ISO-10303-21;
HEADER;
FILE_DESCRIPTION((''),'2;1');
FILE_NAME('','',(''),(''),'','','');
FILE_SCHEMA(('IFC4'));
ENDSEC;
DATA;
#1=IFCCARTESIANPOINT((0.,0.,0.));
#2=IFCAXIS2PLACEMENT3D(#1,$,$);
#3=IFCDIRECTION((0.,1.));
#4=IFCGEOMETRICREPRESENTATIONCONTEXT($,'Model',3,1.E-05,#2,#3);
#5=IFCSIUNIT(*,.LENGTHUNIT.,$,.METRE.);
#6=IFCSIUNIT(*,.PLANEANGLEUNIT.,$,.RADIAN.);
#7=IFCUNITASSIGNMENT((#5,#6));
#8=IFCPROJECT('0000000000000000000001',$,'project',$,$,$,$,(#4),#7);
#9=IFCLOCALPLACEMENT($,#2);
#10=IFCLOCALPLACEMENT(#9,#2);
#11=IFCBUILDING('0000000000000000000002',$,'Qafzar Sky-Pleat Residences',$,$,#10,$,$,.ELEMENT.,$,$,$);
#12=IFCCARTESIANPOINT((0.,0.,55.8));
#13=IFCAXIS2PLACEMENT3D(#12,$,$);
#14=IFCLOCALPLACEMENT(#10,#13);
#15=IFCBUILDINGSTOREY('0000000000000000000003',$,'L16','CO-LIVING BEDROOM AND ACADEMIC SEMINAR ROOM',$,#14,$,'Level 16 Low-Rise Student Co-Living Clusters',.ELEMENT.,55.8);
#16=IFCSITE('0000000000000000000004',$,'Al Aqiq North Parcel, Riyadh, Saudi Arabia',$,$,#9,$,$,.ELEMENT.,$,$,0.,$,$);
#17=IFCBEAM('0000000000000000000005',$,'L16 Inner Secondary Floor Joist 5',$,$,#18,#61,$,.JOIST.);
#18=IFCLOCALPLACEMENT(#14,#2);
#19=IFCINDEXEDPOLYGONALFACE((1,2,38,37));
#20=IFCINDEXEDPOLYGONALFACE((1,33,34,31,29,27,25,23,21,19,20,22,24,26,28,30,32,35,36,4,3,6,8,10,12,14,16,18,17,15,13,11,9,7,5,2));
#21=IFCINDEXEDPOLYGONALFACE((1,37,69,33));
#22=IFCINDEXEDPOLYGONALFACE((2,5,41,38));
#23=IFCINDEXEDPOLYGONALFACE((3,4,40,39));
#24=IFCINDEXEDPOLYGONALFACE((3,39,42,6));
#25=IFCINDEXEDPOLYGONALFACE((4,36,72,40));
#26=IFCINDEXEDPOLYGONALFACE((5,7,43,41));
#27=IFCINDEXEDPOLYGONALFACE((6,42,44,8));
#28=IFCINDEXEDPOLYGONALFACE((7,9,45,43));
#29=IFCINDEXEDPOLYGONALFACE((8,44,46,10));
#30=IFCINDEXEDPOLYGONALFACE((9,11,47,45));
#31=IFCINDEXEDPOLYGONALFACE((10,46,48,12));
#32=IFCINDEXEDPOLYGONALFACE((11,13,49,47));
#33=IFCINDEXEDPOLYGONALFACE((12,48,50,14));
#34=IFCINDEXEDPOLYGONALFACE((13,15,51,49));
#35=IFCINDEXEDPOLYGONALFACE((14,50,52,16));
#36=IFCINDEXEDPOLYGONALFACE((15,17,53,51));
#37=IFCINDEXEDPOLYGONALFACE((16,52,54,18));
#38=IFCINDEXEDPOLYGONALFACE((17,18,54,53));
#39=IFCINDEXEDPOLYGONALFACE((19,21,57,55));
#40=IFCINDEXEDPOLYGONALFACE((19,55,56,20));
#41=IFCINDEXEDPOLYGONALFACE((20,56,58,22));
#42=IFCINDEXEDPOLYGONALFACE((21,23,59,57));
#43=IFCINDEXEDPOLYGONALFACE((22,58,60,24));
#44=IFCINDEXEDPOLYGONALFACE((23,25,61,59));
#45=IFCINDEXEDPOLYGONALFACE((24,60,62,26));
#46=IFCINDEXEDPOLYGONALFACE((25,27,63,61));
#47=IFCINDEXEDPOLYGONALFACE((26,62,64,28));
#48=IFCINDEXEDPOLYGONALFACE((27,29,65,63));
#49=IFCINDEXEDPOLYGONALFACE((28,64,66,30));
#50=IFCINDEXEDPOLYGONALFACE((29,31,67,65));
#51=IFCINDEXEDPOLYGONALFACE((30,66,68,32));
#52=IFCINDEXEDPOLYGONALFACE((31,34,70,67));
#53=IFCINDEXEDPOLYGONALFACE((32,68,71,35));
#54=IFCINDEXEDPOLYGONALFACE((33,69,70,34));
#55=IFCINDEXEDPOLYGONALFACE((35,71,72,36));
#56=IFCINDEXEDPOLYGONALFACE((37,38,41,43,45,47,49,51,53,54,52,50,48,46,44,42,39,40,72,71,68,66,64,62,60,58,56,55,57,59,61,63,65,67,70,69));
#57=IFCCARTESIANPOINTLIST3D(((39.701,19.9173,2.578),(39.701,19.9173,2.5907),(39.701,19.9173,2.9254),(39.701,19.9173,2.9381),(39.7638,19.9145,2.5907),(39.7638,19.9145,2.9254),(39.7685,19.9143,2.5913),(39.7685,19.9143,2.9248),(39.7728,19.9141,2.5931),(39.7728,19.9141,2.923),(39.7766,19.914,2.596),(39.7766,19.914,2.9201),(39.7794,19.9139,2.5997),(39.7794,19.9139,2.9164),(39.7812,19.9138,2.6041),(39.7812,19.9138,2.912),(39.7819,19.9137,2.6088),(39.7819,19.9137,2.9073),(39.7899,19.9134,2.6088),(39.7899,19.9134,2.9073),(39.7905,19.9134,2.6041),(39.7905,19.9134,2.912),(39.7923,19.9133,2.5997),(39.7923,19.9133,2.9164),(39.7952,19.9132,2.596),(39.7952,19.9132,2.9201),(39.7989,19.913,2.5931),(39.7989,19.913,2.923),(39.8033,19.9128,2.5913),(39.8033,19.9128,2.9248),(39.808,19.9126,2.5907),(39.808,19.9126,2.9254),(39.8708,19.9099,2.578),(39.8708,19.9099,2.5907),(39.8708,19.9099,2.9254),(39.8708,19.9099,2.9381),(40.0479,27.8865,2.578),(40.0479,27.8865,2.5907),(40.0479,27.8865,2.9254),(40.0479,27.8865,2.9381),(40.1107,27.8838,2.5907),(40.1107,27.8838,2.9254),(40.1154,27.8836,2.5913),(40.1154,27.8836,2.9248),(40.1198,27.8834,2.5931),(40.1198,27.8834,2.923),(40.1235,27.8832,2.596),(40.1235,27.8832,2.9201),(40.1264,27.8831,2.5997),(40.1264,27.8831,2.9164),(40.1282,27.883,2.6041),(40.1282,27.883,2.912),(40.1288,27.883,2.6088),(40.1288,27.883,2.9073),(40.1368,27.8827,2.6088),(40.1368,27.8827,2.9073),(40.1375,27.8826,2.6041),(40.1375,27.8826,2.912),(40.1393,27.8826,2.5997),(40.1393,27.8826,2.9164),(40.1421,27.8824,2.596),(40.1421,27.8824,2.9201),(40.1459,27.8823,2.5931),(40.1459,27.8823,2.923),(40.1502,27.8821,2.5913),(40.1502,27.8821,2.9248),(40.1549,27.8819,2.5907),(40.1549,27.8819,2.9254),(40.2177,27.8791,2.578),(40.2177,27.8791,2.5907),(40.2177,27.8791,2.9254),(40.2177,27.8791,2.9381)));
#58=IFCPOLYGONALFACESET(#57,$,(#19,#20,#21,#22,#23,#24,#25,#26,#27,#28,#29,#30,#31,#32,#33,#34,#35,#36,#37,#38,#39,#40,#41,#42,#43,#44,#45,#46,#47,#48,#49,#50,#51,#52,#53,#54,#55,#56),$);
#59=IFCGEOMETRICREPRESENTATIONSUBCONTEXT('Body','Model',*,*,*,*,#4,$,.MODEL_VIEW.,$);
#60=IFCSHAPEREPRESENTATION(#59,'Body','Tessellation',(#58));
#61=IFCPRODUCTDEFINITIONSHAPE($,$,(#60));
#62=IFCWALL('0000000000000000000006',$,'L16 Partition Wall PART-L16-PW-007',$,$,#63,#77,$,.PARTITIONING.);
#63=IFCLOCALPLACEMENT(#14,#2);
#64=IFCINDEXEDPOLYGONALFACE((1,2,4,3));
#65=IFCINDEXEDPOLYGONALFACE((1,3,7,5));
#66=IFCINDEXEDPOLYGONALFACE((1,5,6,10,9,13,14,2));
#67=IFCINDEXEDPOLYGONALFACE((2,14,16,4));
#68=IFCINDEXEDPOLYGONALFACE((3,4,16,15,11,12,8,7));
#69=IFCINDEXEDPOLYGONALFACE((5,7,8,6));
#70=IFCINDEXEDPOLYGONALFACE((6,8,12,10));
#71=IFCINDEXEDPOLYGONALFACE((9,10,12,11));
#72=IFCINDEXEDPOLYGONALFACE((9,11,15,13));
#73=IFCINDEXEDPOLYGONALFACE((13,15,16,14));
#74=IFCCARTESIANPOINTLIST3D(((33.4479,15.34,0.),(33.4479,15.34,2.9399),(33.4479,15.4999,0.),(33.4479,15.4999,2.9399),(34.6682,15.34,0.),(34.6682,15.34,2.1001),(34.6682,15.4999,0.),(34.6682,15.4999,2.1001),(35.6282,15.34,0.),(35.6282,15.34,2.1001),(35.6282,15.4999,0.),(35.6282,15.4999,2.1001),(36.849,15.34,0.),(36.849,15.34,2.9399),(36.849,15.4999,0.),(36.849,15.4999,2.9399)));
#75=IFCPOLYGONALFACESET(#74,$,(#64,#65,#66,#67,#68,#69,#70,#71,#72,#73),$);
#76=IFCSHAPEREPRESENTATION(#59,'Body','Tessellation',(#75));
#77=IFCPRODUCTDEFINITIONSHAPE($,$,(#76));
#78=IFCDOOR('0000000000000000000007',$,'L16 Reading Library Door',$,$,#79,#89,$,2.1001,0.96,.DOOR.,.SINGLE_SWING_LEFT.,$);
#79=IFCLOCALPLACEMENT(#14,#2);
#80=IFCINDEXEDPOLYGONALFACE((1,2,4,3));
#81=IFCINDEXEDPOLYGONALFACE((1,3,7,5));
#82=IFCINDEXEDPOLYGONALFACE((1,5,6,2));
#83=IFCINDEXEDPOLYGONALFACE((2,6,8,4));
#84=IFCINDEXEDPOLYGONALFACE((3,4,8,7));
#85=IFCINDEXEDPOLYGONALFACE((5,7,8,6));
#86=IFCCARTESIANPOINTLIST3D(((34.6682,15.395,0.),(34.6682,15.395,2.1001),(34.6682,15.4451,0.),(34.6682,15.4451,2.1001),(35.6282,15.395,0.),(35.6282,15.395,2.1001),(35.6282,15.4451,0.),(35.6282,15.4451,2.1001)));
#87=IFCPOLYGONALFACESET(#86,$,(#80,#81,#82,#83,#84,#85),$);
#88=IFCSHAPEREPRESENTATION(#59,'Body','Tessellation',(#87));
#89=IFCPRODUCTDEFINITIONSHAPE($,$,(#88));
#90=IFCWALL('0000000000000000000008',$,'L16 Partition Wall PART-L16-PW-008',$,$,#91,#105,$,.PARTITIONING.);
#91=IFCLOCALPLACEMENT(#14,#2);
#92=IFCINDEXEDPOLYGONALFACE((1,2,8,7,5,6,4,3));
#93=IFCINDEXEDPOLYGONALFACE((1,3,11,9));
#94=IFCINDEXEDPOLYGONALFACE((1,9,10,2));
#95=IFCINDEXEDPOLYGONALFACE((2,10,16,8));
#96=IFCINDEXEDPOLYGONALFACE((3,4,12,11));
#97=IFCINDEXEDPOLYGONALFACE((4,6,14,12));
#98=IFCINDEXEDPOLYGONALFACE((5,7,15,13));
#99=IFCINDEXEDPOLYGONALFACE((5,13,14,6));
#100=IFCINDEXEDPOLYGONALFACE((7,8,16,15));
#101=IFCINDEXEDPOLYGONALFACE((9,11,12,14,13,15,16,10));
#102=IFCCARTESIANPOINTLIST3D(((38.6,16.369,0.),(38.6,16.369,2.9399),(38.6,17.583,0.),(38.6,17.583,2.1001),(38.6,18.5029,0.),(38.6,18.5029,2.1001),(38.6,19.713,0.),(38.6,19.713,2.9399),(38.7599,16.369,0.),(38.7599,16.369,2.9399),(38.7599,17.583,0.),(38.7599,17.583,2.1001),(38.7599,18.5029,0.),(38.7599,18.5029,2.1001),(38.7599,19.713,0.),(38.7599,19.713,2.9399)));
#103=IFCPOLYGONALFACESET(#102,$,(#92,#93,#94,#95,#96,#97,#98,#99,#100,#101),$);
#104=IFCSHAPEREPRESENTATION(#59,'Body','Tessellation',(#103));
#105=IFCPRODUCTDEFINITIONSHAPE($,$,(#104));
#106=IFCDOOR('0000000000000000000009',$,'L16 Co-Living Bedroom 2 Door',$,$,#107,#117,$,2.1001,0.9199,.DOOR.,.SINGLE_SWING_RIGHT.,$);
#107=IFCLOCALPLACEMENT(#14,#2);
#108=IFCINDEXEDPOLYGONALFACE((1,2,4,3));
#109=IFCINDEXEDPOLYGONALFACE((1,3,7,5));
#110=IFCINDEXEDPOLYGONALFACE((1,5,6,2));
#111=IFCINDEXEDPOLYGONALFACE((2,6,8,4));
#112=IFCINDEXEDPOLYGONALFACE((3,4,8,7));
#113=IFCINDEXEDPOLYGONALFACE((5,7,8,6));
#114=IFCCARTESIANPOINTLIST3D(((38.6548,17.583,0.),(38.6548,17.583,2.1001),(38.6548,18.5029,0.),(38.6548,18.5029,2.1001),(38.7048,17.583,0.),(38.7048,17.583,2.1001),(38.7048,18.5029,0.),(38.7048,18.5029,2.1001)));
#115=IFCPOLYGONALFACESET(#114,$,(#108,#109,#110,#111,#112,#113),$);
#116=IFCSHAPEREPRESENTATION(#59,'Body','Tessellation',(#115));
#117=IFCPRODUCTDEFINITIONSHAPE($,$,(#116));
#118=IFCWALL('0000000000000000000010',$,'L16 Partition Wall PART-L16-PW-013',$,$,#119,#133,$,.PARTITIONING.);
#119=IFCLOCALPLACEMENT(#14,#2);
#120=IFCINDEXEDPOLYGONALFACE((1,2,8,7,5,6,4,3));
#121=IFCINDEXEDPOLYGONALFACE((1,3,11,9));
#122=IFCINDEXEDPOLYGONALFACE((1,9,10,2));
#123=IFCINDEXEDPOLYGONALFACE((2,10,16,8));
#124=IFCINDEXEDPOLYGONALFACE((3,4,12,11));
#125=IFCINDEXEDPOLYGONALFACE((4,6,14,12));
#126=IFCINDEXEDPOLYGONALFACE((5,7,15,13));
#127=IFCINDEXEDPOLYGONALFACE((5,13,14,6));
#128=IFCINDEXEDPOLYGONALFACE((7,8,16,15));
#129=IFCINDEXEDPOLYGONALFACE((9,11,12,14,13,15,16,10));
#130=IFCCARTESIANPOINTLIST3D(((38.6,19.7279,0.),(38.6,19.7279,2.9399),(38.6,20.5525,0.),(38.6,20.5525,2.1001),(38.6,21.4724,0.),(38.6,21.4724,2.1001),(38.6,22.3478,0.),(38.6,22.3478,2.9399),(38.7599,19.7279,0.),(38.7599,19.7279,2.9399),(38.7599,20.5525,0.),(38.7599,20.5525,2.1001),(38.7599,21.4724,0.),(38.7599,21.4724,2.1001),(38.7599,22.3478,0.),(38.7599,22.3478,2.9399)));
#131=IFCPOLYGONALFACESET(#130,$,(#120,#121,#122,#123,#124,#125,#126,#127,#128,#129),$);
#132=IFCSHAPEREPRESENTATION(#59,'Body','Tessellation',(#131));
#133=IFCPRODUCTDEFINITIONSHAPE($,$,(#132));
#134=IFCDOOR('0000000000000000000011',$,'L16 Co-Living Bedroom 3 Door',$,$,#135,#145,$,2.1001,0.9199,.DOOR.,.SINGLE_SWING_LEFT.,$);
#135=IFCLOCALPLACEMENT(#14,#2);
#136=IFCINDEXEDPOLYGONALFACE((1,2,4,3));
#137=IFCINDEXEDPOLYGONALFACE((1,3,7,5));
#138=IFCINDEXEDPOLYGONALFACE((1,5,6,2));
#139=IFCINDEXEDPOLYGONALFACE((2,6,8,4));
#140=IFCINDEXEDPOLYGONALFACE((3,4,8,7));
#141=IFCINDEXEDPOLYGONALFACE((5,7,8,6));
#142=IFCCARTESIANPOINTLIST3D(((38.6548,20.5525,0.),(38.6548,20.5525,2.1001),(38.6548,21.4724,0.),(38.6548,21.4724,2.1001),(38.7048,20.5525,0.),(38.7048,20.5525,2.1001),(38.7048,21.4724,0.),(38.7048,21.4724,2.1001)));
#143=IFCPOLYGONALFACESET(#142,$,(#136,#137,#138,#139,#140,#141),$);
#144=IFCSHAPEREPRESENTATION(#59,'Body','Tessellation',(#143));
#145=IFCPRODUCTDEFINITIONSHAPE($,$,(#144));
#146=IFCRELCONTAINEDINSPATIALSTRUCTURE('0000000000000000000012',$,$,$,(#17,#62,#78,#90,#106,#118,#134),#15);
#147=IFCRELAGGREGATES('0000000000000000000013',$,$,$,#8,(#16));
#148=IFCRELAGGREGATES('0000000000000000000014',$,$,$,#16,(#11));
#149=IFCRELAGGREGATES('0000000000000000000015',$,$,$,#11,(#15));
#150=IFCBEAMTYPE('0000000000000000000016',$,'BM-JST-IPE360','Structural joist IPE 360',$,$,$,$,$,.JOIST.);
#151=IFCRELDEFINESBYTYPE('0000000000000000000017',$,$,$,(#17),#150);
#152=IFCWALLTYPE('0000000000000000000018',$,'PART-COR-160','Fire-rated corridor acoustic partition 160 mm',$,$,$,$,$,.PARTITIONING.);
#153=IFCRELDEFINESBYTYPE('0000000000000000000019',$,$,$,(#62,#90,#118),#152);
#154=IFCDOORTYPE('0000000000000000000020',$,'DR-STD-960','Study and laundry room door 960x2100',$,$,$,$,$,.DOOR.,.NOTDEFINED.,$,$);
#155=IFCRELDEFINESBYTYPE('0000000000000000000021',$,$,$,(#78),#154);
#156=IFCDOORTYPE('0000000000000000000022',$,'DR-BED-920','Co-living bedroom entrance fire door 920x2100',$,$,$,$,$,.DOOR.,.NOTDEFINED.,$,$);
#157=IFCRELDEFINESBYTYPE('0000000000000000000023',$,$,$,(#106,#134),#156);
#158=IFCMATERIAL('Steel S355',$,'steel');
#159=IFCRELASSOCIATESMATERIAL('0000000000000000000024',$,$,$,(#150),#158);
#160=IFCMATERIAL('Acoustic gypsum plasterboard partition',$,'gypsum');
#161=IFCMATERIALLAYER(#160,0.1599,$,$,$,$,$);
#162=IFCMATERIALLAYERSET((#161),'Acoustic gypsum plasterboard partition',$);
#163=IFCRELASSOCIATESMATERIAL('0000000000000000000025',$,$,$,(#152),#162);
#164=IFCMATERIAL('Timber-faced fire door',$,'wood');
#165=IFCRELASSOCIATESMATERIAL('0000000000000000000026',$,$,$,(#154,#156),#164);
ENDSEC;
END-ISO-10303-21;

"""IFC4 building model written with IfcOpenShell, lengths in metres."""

from ifc_helpers import new_model, si_unit, direction, frame, frame_2d, origin, origin_2d, place, context, subcontext, project, spatial, rectangle, i_section, extrude, source, transform, mapped, material, layer, layer_set, material_profile, profile_set, type_object, element, fill, save


model = new_model("IFC4")

# Units and contexts
model_context = context("Model", 3, precision=1e-05, world=origin(), true_north=direction((0.0, 1.0)))
body_context = subcontext(model_context, "Body", "Model", "MODEL_VIEW")
ifc_project = project(units=[si_unit("LENGTHUNIT", "METRE"), si_unit("PLANEANGLEUNIT", "RADIAN")], contexts=[model_context])

# Site, building, storey
site_placement = place(None, origin())
site = spatial("IfcSite", under=ifc_project, at=site_placement, Name="Al Aqiq North Parcel, Riyadh, Saudi Arabia", CompositionType="ELEMENT", RefElevation=0.0)
building_placement = place(site_placement, origin())
building = spatial("IfcBuilding", under=site, at=building_placement, Name="Qafzar Sky-Pleat Residences", CompositionType="ELEMENT")
storey_placement = place(building_placement, frame((0.0, 0.0, 55.8)))
storey = spatial("IfcBuildingStorey", under=building, at=storey_placement, Name="L16", Description="CO-LIVING BEDROOM AND ACADEMIC SEMINAR ROOM", LongName="Level 16 Low-Rise Student Co-Living Clusters", CompositionType="ELEMENT", Elevation=55.8)

# Beam
ifc_material_1 = material(Name="Steel S355", Category="steel")
ifc_material_profile = material_profile(ifc_material_1, i_section(OverallWidth=0.1699, OverallDepth=0.3601, WebThickness=0.0081, FlangeThickness=0.0127, FilletRadius=0.0181, at=origin_2d()), Name="IPE 360")
ifc_profile_set = profile_set([ifc_material_profile], Name="Steel S355")
beam_type = type_object("IfcBeamType", Name="BM-JST-IPE360", Description="Structural joist IPE 360", PredefinedType="JOIST", material=ifc_profile_set)
shared_shape_1 = source(origin(), body_context, "Body", "SweptSolid", [
    extrude(i_section(OverallWidth=0.1699, OverallDepth=0.3601, WebThickness=0.0081, FlangeThickness=0.0127, FilletRadius=0.0181, at=origin_2d()), origin(), (0.0, 0.0, 1.0), 7.9768),
])
beam_placement = place(storey_placement, frame((39.7859, 19.9136, 2.7581), z_axis=(0.043492, 0.999054, 0.0), x_axis=(-0.999054, 0.043492, 0.0)))
element("IfcBeam", 1, at=beam_placement, inside=storey, type_object=beam_type, Name="L16 Inner Secondary Floor Joist 5", PredefinedType="JOIST", context=body_context, shape_type="MappedRepresentation", body=[
    mapped(shared_shape_1, transform((0.0, 0.0, 0.0), x_axis=(1.0, 0.0, 0.0), y_axis=(0.0, 1.0, 0.0), z_axis=(0.0, 0.0, 1.0), scale=1.0)),
])

# Walls, openings, doors
ifc_material_2 = material(Name="Acoustic gypsum plasterboard partition", Category="gypsum")
ifc_layer_1 = layer(ifc_material_2, 0.1599)
ifc_layer_set_1 = layer_set([ifc_layer_1], Name="Acoustic gypsum plasterboard partition")
wall_type_1 = type_object("IfcWallType", Name="PART-COR-160", Description="Fire-rated corridor acoustic partition 160 mm", PredefinedType="PARTITIONING", material=ifc_layer_set_1)
wall_1_placement = place(storey_placement, frame((36.8491, 15.4199, 0.0), z_axis=(0.0, 0.0, 1.0), x_axis=(-1.0, 0.0, 0.0)))
wall_1 = element("IfcWall", 2, at=wall_1_placement, inside=storey, type_object=wall_type_1, Name="L16 Partition Wall PART-L16-PW-007", PredefinedType="PARTITIONING", context=body_context, shape_type="SweptSolid", body=[
    extrude(rectangle(XDim=3.4011, YDim=0.1599, at=frame_2d((1.7007, 0.0))), origin(), (0.0, 0.0, 1.0), 2.9399),
])
opening_1_placement = place(wall_1_placement, frame((1.2209, 0.0, 0.0)))
opening_1 = element("IfcOpeningElement", 3, at=opening_1_placement, cuts=wall_1, PredefinedType="OPENING", context=body_context, shape_type="SweptSolid", body=[
    extrude(rectangle(XDim=0.96, YDim=2.1001, at=frame_2d((0.48, 1.05))), frame((0.0, 0.0898, 0.0), z_axis=(0.0, -1.0, 0.0), x_axis=(1.0, 0.0, 0.0)), (0.0, 0.0, 1.0), 0.1799),
])
ifc_material_3 = material(Name="Timber-faced fire door", Category="wood")
door_type_1 = type_object("IfcDoorType", Name="DR-STD-960", Description="Study and laundry room door 960x2100", OperationType="NOTDEFINED", PredefinedType="DOOR", material=ifc_material_3)
shared_shape_2 = source(origin(), body_context, "Body", "SweptSolid", [
    extrude(rectangle(XDim=0.96, YDim=2.1001, at=frame_2d((0.48, 1.05))), frame((0.0, 0.0249, 0.0), z_axis=(0.0, -1.0, 0.0), x_axis=(1.0, 0.0, 0.0)), (0.0, 0.0, 1.0), 0.05),
])
door_1_placement = place(opening_1_placement, origin())
door_1 = element("IfcDoor", 4, at=door_1_placement, inside=storey, type_object=door_type_1, Name="L16 Reading Library Door", OperationType="SINGLE_SWING_LEFT", OverallHeight=2.1001, OverallWidth=0.96, PredefinedType="DOOR", context=body_context, shape_type="MappedRepresentation", body=[
    mapped(shared_shape_2, transform((0.0, 0.0, 0.0), x_axis=(1.0, 0.0, 0.0), y_axis=(0.0, 1.0, 0.0), z_axis=(0.0, 0.0, 1.0), scale=1.0)),
])
fill(opening_1, door_1)
wall_2_placement = place(storey_placement, frame((38.6799, 19.7129, 0.0), z_axis=(0.0, 0.0, 1.0), x_axis=(0.0, -1.0, 0.0)))
wall_2 = element("IfcWall", 5, at=wall_2_placement, inside=storey, type_object=wall_type_1, Name="L16 Partition Wall PART-L16-PW-008", PredefinedType="PARTITIONING", context=body_context, shape_type="SweptSolid", body=[
    extrude(rectangle(XDim=3.344, YDim=0.1599, at=frame_2d((1.6719, 0.0))), origin(), (0.0, 0.0, 1.0), 2.9399),
])
opening_2_placement = place(wall_2_placement, frame((1.21, 0.0, 0.0)))
opening_2 = element("IfcOpeningElement", 6, at=opening_2_placement, cuts=wall_2, PredefinedType="OPENING", context=body_context, shape_type="SweptSolid", body=[
    extrude(rectangle(XDim=0.9199, YDim=2.1001, at=frame_2d((0.46, 1.05))), frame((0.0, 0.0898, 0.0), z_axis=(0.0, -1.0, 0.0), x_axis=(1.0, 0.0, 0.0)), (0.0, 0.0, 1.0), 0.1799),
])
door_type_2 = type_object("IfcDoorType", Name="DR-BED-920", Description="Co-living bedroom entrance fire door 920x2100", OperationType="NOTDEFINED", PredefinedType="DOOR", material=ifc_material_3)
shared_shape_3 = source(origin(), body_context, "Body", "SweptSolid", [
    extrude(rectangle(XDim=0.9199, YDim=2.1001, at=frame_2d((0.46, 1.05))), frame((0.0, 0.0249, 0.0), z_axis=(0.0, -1.0, 0.0), x_axis=(1.0, 0.0, 0.0)), (0.0, 0.0, 1.0), 0.05),
])
door_2_placement = place(opening_2_placement, origin())
door_2 = element("IfcDoor", 7, at=door_2_placement, inside=storey, type_object=door_type_2, Name="L16 Co-Living Bedroom 2 Door", OperationType="SINGLE_SWING_RIGHT", OverallHeight=2.1001, OverallWidth=0.9199, PredefinedType="DOOR", context=body_context, shape_type="MappedRepresentation", body=[
    mapped(shared_shape_3, transform((0.0, 0.0, 0.0), x_axis=(1.0, 0.0, 0.0), y_axis=(0.0, 1.0, 0.0), z_axis=(0.0, 0.0, 1.0), scale=1.0)),
])
fill(opening_2, door_2)
wall_3_placement = place(storey_placement, frame((38.6799, 22.3479, 0.0), z_axis=(0.0, 0.0, 1.0), x_axis=(0.0, -1.0, 0.0)))
wall_3 = element("IfcWall", 8, at=wall_3_placement, inside=storey, type_object=wall_type_1, Name="L16 Partition Wall PART-L16-PW-013", PredefinedType="PARTITIONING", context=body_context, shape_type="SweptSolid", body=[
    extrude(rectangle(XDim=2.6199, YDim=0.1599, at=frame_2d((1.3101, 0.0))), origin(), (0.0, 0.0, 1.0), 2.9399),
])
opening_3_placement = place(wall_3_placement, frame((0.8755, 0.0, 0.0)))
opening_3 = element("IfcOpeningElement", 9, at=opening_3_placement, cuts=wall_3, PredefinedType="OPENING", context=body_context, shape_type="SweptSolid", body=[
    extrude(rectangle(XDim=0.9199, YDim=2.1001, at=frame_2d((0.46, 1.05))), frame((0.0, 0.0898, 0.0), z_axis=(0.0, -1.0, 0.0), x_axis=(1.0, 0.0, 0.0)), (0.0, 0.0, 1.0), 0.1799),
])
door_3_placement = place(opening_3_placement, origin())
door_3 = element("IfcDoor", 10, at=door_3_placement, inside=storey, type_object=door_type_2, Name="L16 Co-Living Bedroom 3 Door", OperationType="SINGLE_SWING_LEFT", OverallHeight=2.1001, OverallWidth=0.9199, PredefinedType="DOOR", context=body_context, shape_type="MappedRepresentation", body=[
    mapped(shared_shape_3, transform((0.0, 0.0, 0.0), x_axis=(1.0, 0.0, 0.0), y_axis=(0.0, 1.0, 0.0), z_axis=(0.0, 0.0, 1.0), scale=1.0)),
])
fill(opening_3, door_3)

save(model, "model.ifc")
